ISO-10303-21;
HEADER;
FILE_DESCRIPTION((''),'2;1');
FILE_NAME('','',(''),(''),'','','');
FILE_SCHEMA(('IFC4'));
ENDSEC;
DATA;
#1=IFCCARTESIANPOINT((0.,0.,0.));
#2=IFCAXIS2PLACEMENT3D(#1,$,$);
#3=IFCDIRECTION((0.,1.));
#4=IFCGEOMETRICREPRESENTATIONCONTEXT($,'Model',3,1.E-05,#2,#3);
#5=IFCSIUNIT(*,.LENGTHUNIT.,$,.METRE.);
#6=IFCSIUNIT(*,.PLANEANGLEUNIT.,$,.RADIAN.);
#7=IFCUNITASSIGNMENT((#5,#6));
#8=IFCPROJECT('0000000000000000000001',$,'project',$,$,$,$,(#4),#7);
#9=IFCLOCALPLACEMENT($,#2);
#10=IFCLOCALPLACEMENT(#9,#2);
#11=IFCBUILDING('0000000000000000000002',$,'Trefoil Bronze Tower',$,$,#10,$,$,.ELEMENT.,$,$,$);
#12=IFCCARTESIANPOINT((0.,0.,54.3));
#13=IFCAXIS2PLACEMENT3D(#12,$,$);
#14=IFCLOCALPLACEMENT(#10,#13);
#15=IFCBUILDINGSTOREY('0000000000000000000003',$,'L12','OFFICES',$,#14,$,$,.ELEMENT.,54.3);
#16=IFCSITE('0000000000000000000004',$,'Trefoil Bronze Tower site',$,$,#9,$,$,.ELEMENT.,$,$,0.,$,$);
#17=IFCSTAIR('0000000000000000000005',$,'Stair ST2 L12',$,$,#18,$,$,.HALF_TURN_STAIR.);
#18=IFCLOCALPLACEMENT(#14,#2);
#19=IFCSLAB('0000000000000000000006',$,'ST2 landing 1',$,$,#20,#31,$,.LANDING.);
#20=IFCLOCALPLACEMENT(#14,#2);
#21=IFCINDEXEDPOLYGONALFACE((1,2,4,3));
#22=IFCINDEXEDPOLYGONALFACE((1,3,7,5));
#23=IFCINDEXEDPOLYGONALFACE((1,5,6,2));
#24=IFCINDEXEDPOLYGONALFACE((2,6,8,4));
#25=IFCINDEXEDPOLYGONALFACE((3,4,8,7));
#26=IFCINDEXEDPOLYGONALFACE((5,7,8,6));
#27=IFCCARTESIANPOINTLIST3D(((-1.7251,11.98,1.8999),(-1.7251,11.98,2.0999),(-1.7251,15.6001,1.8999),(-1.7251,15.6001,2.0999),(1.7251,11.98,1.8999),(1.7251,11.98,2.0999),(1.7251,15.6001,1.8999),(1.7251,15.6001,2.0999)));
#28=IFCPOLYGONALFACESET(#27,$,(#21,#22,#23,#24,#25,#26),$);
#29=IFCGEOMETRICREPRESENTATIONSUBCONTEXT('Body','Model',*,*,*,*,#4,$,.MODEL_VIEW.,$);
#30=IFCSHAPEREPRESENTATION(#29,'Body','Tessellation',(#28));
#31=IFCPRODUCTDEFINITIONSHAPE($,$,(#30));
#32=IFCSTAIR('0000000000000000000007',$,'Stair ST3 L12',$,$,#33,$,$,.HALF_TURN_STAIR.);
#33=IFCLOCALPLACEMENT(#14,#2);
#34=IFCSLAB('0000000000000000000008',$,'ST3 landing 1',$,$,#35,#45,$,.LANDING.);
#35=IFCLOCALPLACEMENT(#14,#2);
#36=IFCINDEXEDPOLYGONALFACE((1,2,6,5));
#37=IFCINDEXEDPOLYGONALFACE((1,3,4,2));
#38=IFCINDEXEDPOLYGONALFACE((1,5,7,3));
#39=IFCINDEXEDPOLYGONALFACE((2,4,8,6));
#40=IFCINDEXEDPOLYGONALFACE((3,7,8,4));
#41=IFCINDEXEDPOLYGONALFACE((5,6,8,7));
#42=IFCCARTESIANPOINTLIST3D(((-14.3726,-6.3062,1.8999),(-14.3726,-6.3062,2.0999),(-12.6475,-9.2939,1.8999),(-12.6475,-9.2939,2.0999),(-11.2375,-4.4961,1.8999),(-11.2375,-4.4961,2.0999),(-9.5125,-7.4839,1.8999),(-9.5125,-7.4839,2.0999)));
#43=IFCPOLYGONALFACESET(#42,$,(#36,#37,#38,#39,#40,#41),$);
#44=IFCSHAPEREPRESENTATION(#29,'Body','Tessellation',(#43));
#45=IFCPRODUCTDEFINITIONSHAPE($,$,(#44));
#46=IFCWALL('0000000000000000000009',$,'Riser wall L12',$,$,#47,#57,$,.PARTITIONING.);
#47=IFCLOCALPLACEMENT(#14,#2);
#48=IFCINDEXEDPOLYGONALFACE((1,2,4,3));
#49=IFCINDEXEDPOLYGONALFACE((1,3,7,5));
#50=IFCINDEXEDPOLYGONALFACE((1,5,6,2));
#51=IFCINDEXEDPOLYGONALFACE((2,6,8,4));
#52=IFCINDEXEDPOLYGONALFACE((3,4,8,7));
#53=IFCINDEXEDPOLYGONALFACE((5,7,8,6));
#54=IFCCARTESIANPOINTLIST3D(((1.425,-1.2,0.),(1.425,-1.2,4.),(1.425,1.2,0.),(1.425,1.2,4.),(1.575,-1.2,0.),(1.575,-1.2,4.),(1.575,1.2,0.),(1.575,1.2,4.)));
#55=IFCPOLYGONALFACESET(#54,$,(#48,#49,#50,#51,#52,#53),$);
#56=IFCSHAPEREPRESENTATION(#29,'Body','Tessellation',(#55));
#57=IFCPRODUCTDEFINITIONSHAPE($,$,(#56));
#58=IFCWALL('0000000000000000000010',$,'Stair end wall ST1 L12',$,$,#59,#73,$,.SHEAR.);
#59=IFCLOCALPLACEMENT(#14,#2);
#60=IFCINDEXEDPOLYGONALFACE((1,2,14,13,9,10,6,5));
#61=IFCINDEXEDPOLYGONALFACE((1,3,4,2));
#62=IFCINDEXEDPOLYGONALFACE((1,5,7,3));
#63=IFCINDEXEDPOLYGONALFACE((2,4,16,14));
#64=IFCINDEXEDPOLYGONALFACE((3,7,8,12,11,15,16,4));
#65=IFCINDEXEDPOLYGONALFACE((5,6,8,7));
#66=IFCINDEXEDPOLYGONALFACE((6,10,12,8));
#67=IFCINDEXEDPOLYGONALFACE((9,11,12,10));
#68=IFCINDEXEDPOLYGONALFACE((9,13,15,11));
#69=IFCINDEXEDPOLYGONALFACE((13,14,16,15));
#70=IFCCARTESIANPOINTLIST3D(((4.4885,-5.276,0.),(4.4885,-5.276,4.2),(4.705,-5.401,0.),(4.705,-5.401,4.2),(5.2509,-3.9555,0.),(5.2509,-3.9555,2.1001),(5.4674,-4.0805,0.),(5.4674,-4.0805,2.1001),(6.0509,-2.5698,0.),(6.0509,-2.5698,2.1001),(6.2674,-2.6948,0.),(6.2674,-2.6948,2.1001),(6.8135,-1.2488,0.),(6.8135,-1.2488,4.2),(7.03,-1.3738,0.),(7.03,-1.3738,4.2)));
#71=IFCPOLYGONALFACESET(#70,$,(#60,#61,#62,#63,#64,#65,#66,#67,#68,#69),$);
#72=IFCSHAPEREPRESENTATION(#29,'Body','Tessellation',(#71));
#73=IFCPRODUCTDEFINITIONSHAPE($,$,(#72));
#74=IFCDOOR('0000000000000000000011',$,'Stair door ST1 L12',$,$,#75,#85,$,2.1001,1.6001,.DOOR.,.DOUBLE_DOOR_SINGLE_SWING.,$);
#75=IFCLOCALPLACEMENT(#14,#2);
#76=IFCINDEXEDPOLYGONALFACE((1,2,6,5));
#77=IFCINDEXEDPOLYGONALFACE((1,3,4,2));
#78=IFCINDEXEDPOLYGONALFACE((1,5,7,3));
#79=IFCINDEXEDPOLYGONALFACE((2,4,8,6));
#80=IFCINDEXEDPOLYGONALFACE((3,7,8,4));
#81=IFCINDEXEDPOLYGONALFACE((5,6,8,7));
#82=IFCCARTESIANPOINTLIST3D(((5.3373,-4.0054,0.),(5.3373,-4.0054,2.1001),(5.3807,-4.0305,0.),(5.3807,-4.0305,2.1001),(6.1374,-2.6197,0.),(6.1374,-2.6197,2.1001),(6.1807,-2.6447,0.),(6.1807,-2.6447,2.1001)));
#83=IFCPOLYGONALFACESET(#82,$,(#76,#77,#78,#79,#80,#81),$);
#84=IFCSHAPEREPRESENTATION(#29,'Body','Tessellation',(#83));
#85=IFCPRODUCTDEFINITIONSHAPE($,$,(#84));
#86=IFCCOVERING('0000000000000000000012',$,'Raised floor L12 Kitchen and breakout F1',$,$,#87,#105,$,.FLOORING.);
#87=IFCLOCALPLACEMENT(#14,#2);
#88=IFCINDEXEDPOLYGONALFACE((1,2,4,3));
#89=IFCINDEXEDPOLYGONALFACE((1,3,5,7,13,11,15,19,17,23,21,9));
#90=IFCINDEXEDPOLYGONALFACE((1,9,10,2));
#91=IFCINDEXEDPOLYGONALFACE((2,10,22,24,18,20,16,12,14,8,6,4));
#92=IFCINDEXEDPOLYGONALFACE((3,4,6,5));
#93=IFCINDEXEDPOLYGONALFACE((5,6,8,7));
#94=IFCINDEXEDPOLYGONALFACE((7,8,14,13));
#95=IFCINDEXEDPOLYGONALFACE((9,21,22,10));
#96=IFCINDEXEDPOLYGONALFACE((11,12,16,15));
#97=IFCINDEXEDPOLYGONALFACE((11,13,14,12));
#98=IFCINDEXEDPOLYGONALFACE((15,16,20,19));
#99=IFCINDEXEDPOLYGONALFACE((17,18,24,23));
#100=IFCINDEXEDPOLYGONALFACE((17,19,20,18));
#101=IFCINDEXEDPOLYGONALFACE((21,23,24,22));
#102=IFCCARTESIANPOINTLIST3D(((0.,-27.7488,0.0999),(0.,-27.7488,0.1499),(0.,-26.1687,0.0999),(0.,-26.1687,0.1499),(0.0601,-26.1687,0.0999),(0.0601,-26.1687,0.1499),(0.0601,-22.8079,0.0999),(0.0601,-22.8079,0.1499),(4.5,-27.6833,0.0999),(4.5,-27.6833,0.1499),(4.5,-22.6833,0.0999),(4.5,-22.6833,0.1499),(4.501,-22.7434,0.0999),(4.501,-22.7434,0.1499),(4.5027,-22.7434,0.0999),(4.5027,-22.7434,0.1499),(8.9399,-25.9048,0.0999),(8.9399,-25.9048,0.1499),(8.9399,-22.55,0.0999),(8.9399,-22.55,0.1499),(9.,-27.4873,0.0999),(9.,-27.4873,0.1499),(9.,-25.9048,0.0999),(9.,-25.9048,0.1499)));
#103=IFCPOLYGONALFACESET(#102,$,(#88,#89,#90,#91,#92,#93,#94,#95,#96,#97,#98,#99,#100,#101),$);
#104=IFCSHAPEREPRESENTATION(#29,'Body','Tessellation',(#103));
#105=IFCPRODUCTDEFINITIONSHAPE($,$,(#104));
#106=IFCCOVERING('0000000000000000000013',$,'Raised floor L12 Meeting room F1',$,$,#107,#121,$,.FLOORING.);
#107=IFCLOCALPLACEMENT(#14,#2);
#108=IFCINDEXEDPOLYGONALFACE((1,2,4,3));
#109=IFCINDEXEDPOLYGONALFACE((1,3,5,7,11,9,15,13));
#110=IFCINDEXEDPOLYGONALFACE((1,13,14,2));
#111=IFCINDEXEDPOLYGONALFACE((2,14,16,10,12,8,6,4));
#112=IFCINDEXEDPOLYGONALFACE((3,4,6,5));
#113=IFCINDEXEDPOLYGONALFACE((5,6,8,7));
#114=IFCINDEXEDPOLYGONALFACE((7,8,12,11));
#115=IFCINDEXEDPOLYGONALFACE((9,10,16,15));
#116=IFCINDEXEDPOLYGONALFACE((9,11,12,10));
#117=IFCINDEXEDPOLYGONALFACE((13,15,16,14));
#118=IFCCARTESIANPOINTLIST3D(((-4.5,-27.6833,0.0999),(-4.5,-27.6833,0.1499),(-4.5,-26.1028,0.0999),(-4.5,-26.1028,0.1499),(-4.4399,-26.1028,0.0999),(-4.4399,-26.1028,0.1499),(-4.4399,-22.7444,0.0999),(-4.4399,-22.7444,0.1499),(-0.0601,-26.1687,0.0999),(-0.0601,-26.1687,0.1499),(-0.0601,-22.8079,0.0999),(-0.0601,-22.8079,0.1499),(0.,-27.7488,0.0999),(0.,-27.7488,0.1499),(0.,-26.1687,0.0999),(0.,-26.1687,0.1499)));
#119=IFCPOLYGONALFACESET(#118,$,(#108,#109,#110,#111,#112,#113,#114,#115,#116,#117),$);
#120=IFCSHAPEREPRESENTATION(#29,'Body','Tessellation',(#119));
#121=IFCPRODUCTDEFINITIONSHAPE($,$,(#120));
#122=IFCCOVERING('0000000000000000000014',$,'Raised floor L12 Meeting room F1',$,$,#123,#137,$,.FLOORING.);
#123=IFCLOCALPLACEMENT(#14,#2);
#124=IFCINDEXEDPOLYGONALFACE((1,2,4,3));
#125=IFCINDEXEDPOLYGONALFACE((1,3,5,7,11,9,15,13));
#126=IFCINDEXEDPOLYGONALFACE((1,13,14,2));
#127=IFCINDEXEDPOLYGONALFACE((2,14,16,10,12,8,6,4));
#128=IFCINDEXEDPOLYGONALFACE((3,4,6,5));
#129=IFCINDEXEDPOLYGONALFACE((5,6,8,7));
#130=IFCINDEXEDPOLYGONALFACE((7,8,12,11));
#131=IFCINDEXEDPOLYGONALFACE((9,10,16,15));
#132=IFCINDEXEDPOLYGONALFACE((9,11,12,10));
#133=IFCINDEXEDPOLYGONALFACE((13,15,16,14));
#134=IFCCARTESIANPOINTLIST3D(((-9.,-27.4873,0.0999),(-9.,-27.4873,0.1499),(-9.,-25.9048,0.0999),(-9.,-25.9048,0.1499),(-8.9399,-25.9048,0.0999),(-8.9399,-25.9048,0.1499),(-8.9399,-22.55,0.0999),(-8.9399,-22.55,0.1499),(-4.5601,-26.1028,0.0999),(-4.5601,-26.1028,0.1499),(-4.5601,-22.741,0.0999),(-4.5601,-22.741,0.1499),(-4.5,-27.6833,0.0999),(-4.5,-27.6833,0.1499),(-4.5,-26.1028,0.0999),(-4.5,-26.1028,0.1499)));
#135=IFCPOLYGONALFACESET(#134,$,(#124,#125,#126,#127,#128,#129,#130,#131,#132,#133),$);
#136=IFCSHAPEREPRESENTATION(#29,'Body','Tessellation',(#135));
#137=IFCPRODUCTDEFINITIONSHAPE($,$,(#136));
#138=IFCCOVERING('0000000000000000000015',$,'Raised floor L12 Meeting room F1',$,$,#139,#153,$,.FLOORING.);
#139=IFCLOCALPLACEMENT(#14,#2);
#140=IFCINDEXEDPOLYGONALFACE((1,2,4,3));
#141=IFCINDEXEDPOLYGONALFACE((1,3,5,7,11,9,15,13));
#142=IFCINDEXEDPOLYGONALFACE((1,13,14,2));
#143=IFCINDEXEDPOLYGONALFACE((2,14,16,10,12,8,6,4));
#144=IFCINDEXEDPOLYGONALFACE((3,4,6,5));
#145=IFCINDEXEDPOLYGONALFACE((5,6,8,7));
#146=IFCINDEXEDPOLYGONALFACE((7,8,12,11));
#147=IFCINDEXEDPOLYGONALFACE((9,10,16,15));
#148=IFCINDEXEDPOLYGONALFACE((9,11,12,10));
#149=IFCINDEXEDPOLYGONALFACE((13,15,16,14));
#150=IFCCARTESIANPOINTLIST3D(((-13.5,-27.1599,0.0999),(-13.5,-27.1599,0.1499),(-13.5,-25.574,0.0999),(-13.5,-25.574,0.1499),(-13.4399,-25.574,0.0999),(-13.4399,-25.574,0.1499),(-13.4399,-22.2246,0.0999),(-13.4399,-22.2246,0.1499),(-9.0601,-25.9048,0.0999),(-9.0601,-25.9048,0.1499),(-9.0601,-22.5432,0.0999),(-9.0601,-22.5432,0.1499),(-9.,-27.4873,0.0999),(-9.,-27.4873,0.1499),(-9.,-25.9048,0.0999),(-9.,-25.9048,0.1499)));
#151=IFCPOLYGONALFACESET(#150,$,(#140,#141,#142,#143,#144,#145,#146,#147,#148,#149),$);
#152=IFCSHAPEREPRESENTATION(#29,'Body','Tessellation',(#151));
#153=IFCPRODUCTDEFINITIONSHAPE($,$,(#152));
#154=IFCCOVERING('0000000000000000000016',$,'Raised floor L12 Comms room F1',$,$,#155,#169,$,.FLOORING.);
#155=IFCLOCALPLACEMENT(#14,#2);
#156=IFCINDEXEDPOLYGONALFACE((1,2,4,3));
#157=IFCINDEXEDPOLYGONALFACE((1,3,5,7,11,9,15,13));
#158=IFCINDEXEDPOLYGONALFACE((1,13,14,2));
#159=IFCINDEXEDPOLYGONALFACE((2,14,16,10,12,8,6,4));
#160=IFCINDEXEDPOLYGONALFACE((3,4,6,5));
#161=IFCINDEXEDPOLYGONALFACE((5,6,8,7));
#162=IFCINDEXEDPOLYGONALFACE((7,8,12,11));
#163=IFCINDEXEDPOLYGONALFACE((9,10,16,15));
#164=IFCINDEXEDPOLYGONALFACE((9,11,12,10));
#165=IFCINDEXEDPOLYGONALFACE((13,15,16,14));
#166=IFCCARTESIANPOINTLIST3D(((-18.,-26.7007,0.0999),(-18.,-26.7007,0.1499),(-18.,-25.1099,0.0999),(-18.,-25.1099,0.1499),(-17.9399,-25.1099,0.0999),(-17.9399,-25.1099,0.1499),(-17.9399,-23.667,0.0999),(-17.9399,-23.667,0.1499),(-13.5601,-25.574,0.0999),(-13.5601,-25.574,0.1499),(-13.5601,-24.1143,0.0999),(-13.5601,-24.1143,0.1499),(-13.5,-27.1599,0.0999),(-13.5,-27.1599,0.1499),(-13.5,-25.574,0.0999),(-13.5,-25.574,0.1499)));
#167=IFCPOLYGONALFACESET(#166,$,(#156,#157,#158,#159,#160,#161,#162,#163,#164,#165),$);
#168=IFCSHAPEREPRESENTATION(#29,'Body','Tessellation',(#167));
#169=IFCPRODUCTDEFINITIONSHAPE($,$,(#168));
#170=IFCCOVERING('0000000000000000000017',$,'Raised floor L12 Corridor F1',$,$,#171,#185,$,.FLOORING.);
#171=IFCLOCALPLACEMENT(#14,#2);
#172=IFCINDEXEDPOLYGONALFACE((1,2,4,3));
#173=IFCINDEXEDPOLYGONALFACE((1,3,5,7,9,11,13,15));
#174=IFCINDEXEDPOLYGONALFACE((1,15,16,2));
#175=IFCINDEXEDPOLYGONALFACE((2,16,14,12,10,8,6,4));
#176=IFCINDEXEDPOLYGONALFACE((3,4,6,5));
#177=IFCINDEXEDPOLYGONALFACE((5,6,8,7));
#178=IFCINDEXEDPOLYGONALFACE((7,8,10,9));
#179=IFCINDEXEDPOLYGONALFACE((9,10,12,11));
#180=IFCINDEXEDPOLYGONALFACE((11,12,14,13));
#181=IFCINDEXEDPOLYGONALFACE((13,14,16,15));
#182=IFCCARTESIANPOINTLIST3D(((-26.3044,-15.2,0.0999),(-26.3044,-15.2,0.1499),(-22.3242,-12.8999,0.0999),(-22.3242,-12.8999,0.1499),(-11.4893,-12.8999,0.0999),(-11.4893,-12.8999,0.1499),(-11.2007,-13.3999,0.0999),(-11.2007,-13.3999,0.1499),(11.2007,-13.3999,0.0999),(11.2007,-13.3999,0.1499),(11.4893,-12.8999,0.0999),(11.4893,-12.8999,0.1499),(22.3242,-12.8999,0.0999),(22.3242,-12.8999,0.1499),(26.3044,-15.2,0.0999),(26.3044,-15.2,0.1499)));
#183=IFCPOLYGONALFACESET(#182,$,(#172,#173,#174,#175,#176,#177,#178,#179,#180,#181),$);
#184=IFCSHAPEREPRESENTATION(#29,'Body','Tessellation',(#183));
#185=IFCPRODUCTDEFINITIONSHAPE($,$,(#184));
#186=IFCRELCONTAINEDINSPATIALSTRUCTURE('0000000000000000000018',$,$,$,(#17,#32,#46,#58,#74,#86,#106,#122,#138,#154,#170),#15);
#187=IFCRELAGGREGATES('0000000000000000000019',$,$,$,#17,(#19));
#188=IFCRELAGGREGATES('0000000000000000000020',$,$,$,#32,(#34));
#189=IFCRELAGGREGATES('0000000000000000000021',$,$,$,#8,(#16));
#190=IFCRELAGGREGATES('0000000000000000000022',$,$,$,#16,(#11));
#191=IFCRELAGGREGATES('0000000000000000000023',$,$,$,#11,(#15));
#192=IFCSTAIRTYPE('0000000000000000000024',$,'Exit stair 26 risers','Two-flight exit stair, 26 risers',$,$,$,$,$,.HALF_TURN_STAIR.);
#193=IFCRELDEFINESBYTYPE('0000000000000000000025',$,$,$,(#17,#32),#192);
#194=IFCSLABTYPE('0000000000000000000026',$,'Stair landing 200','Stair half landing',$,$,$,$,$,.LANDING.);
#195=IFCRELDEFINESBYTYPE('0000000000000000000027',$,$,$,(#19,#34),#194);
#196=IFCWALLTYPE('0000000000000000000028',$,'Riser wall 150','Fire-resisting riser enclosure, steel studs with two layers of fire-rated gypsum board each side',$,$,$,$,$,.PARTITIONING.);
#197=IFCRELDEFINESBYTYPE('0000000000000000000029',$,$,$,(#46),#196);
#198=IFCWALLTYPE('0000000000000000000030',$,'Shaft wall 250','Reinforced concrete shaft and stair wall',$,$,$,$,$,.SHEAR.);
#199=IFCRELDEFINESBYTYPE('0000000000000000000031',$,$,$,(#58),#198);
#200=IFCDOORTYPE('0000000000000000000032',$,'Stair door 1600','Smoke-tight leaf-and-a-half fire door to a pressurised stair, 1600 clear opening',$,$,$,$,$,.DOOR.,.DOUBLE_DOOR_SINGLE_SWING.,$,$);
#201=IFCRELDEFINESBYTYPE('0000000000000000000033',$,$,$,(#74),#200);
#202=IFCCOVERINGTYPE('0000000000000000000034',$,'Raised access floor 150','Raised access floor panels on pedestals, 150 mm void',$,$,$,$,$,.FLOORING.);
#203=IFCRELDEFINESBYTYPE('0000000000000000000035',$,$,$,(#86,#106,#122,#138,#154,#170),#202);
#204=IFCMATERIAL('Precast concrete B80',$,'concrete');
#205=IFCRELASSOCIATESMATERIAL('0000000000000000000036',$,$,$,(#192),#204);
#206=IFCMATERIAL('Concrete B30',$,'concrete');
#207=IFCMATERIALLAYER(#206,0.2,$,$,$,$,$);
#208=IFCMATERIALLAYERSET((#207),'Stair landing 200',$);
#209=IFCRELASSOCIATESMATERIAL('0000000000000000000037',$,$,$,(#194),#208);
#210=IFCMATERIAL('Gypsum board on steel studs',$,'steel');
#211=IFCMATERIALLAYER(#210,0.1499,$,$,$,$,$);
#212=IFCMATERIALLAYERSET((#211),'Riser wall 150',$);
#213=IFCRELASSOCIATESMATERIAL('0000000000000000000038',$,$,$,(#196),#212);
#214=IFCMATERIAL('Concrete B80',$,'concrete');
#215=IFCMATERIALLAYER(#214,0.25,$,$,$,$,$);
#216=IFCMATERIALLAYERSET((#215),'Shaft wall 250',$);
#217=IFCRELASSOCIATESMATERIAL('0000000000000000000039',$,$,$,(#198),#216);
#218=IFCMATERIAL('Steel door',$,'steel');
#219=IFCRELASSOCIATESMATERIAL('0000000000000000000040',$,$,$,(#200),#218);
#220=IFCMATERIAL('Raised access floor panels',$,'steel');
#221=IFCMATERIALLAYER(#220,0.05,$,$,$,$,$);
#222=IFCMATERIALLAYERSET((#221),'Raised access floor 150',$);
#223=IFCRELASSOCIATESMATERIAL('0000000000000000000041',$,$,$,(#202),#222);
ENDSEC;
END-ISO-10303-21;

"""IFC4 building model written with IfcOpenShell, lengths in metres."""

from ifc_helpers import new_model, si_unit, direction, frame, frame_2d, origin, place, context, subcontext, project, spatial, polyline, rectangle, outline, extrude, material, layer, layer_set, type_object, element, fill, aggregate, save


model = new_model("IFC4")

# Units and contexts
model_context = context("Model", 3, precision=1e-05, world=origin(), true_north=direction((0.0, 1.0)))
body_context = subcontext(model_context, "Body", "Model", "MODEL_VIEW")
ifc_project = project(units=[si_unit("LENGTHUNIT", "METRE"), si_unit("PLANEANGLEUNIT", "RADIAN")], contexts=[model_context])

# Site, building, storey
site_placement = place(None, origin())
site = spatial("IfcSite", under=ifc_project, at=site_placement, Name="Trefoil Bronze Tower site", CompositionType="ELEMENT", RefElevation=0.0)
building_placement = place(site_placement, origin())
building = spatial("IfcBuilding", under=site, at=building_placement, Name="Trefoil Bronze Tower", CompositionType="ELEMENT")
storey_placement = place(building_placement, frame((0.0, 0.0, 54.3)))
storey = spatial("IfcBuildingStorey", under=building, at=storey_placement, Name="L12", Description="OFFICES", CompositionType="ELEMENT", Elevation=54.3)

# Stairs, slabs
ifc_material_1 = material(Name="Precast concrete B80", Category="concrete")
stair_type = type_object("IfcStairType", Name="Exit stair 26 risers", Description="Two-flight exit stair, 26 risers", PredefinedType="HALF_TURN_STAIR", material=ifc_material_1)
stair_1_placement = place(storey_placement, origin())
stair_1 = element("IfcStair", 1, at=stair_1_placement, inside=storey, type_object=stair_type, Name="Stair ST2 L12", PredefinedType="HALF_TURN_STAIR")
ifc_material_2 = material(Name="Concrete B30", Category="concrete")
ifc_layer_1 = layer(ifc_material_2, 0.2)
ifc_layer_set_1 = layer_set([ifc_layer_1], Name="Stair landing 200")
slab_type = type_object("IfcSlabType", Name="Stair landing 200", Description="Stair half landing", PredefinedType="LANDING", material=ifc_layer_set_1)
slab_1_placement = place(storey_placement, frame((0.0, 0.0, 1.8999)))
slab_1 = element("IfcSlab", 2, at=slab_1_placement, type_object=slab_type, Name="ST2 landing 1", PredefinedType="LANDING", context=body_context, shape_type="SweptSolid", body=[
    extrude(outline(polyline([(1.7251, 11.98), (1.7251, 15.6001), (-1.7251, 15.6001), (-1.7251, 11.98), (1.7251, 11.98)])), origin(), (0.0, 0.0, 1.0), 0.2),
])
aggregate(stair_1, [slab_1])
stair_2_placement = place(storey_placement, origin())
stair_2 = element("IfcStair", 3, at=stair_2_placement, inside=storey, type_object=stair_type, Name="Stair ST3 L12", PredefinedType="HALF_TURN_STAIR")
slab_2_placement = place(storey_placement, frame((0.0, 0.0, 1.8999)))
slab_2 = element("IfcSlab", 4, at=slab_2_placement, type_object=slab_type, Name="ST3 landing 1", PredefinedType="LANDING", context=body_context, shape_type="SweptSolid", body=[
    extrude(outline(polyline([(-11.2375, -4.4961), (-14.3726, -6.3062), (-12.6475, -9.2939), (-9.5125, -7.4839), (-11.2375, -4.4961)])), origin(), (0.0, 0.0, 1.0), 0.2),
])
aggregate(stair_2, [slab_2])

# Wall
ifc_material_3 = material(Name="Gypsum board on steel studs", Category="steel")
ifc_layer_2 = layer(ifc_material_3, 0.1499)
ifc_layer_set_2 = layer_set([ifc_layer_2], Name="Riser wall 150")
wall_type_1 = type_object("IfcWallType", Name="Riser wall 150", Description="Fire-resisting riser enclosure, steel studs with two layers of fire-rated gypsum board each side", PredefinedType="PARTITIONING", material=ifc_layer_set_2)
wall_1_placement = place(storey_placement, frame((1.5, -1.2, 0.0), z_axis=(0.0, 0.0, 1.0), x_axis=(0.0, 1.0, 0.0)))
element("IfcWall", 5, at=wall_1_placement, inside=storey, type_object=wall_type_1, Name="Riser wall L12", PredefinedType="PARTITIONING", context=body_context, shape_type="SweptSolid", body=[
    extrude(rectangle(XDim=2.3999, YDim=0.1499, at=frame_2d((1.2, 0.0))), origin(), (0.0, 0.0, 1.0), 4.0),
])

# Wall, opening, door
ifc_material_4 = material(Name="Concrete B80", Category="concrete")
ifc_layer_3 = layer(ifc_material_4, 0.25)
ifc_layer_set_3 = layer_set([ifc_layer_3], Name="Shaft wall 250")
wall_type_2 = type_object("IfcWallType", Name="Shaft wall 250", Description="Reinforced concrete shaft and stair wall", PredefinedType="SHEAR", material=ifc_layer_set_3)
wall_2_placement = place(storey_placement, frame((4.5967, -5.3386, 0.0), z_axis=(0.0, 0.0, 1.0), x_axis=(0.499985, 0.866034, 0.0)))
wall_2 = element("IfcWall", 6, at=wall_2_placement, inside=storey, type_object=wall_type_2, Name="Stair end wall ST1 L12", PredefinedType="SHEAR", context=body_context, shape_type="SweptSolid", body=[
    extrude(rectangle(XDim=4.6501, YDim=0.25, at=frame_2d((2.3252, 0.0))), origin(), (0.0, 0.0, 1.0), 4.2),
])
opening_placement = place(wall_2_placement, frame((1.5249, 0.0, 0.0)))
opening = element("IfcOpeningElement", 7, at=opening_placement, cuts=wall_2, PredefinedType="OPENING", context=body_context, shape_type="SweptSolid", body=[
    extrude(rectangle(XDim=1.6001, YDim=2.1001, at=frame_2d((0.8, 1.05))), frame((0.0, 0.135, 0.0), z_axis=(0.0, -1.0, 0.0), x_axis=(1.0, 0.0, 0.0)), (0.0, 0.0, 1.0), 0.27),
])
ifc_material_5 = material(Name="Steel door", Category="steel")
door_type = type_object("IfcDoorType", Name="Stair door 1600", Description="Smoke-tight leaf-and-a-half fire door to a pressurised stair, 1600 clear opening", OperationType="DOUBLE_DOOR_SINGLE_SWING", PredefinedType="DOOR", material=ifc_material_5)
door_placement = place(opening_placement, frame((1.6001, 0.0, 0.0), z_axis=(0.0, 0.0, 1.0), x_axis=(-1.0, 0.0, 0.0)))
door = element("IfcDoor", 8, at=door_placement, inside=storey, type_object=door_type, Name="Stair door ST1 L12", OperationType="DOUBLE_DOOR_SINGLE_SWING", OverallHeight=2.1001, OverallWidth=1.6001, PredefinedType="DOOR", context=body_context, shape_type="SweptSolid", body=[
    extrude(rectangle(XDim=1.6001, YDim=2.1001, at=frame_2d((0.8, 1.05))), frame((0.0, 0.0249, 0.0), z_axis=(0.0, -1.0, 0.0), x_axis=(1.0, 0.0, 0.0)), (0.0, 0.0, 1.0), 0.05),
])
fill(opening, door)

# Coverings
ifc_material_6 = material(Name="Raised access floor panels", Category="steel")
ifc_layer_4 = layer(ifc_material_6, 0.05)
ifc_layer_set_4 = layer_set([ifc_layer_4], Name="Raised access floor 150")
covering_type_1 = type_object("IfcCoveringType", Name="Raised access floor 150", Description="Raised access floor panels on pedestals, 150 mm void", PredefinedType="FLOORING", material=ifc_layer_set_4)
covering_1_placement = place(storey_placement, frame((0.0, 0.0, 0.0999)))
element("IfcCovering", 9, at=covering_1_placement, inside=storey, type_object=covering_type_1, Name="Raised floor L12 Kitchen and breakout F1", PredefinedType="FLOORING", context=body_context, shape_type="SweptSolid", body=[
    extrude(outline(polyline([(4.5, -27.6833), (0.0, -27.7488), (0.0, -26.1687), (0.0601, -26.1687), (0.0601, -22.8079), (4.501, -22.7434), (4.5, -22.6833), (4.5027, -22.7434), (8.9399, -22.55), (8.9399, -25.9048), (9.0, -25.9048), (9.0, -27.4873), (4.5, -27.6833)])), origin(), (0.0, 0.0, 1.0), 0.05),
])
covering_2_placement = place(storey_placement, frame((0.0, 0.0, 0.0999)))
element("IfcCovering", 10, at=covering_2_placement, inside=storey, type_object=covering_type_1, Name="Raised floor L12 Meeting room F1", PredefinedType="FLOORING", context=body_context, shape_type="SweptSolid", body=[
    extrude(outline(polyline([(0.0, -27.7488), (-4.5, -27.6833), (-4.5, -26.1028), (-4.4399, -26.1028), (-4.4399, -22.7444), (-0.0601, -22.8079), (-0.0601, -26.1687), (0.0, -26.1687), (0.0, -27.7488)])), origin(), (0.0, 0.0, 1.0), 0.05),
])
covering_3_placement = place(storey_placement, frame((0.0, 0.0, 0.0999)))
element("IfcCovering", 11, at=covering_3_placement, inside=storey, type_object=covering_type_1, Name="Raised floor L12 Meeting room F1", PredefinedType="FLOORING", context=body_context, shape_type="SweptSolid", body=[
    extrude(outline(polyline([(-4.5, -27.6833), (-9.0, -27.4873), (-9.0, -25.9048), (-8.9399, -25.9048), (-8.9399, -22.55), (-4.5601, -22.741), (-4.5601, -26.1028), (-4.5, -26.1028), (-4.5, -27.6833)])), origin(), (0.0, 0.0, 1.0), 0.05),
])
covering_4_placement = place(storey_placement, frame((0.0, 0.0, 0.0999)))
element("IfcCovering", 12, at=covering_4_placement, inside=storey, type_object=covering_type_1, Name="Raised floor L12 Meeting room F1", PredefinedType="FLOORING", context=body_context, shape_type="SweptSolid", body=[
    extrude(outline(polyline([(-9.0, -27.4873), (-13.5, -27.1599), (-13.5, -25.574), (-13.4399, -25.574), (-13.4399, -22.2246), (-9.0601, -22.5432), (-9.0601, -25.9048), (-9.0, -25.9048), (-9.0, -27.4873)])), origin(), (0.0, 0.0, 1.0), 0.05),
])
covering_5_placement = place(storey_placement, frame((0.0, 0.0, 0.0999)))
element("IfcCovering", 13, at=covering_5_placement, inside=storey, type_object=covering_type_1, Name="Raised floor L12 Comms room F1", PredefinedType="FLOORING", context=body_context, shape_type="SweptSolid", body=[
    extrude(outline(polyline([(-13.5, -27.1599), (-18.0, -26.7007), (-18.0, -25.1099), (-17.9399, -25.1099), (-17.9399, -23.667), (-13.5601, -24.1143), (-13.5601, -25.574), (-13.5, -25.574), (-13.5, -27.1599)])), origin(), (0.0, 0.0, 1.0), 0.05),
])
covering_6_placement = place(storey_placement, frame((0.0, 0.0, 0.0999)))
element("IfcCovering", 14, at=covering_6_placement, inside=storey, type_object=covering_type_1, Name="Raised floor L12 Corridor F1", PredefinedType="FLOORING", context=body_context, shape_type="SweptSolid", body=[
    extrude(outline(polyline([(-26.3044, -15.2), (-22.3242, -12.8999), (-11.4893, -12.8999), (-11.2007, -13.3999), (11.2007, -13.3999), (11.4893, -12.8999), (22.3242, -12.8999), (26.3044, -15.2), (-26.3044, -15.2)])), origin(), (0.0, 0.0, 1.0), 0.05),
])

save(model, "model.ifc")
